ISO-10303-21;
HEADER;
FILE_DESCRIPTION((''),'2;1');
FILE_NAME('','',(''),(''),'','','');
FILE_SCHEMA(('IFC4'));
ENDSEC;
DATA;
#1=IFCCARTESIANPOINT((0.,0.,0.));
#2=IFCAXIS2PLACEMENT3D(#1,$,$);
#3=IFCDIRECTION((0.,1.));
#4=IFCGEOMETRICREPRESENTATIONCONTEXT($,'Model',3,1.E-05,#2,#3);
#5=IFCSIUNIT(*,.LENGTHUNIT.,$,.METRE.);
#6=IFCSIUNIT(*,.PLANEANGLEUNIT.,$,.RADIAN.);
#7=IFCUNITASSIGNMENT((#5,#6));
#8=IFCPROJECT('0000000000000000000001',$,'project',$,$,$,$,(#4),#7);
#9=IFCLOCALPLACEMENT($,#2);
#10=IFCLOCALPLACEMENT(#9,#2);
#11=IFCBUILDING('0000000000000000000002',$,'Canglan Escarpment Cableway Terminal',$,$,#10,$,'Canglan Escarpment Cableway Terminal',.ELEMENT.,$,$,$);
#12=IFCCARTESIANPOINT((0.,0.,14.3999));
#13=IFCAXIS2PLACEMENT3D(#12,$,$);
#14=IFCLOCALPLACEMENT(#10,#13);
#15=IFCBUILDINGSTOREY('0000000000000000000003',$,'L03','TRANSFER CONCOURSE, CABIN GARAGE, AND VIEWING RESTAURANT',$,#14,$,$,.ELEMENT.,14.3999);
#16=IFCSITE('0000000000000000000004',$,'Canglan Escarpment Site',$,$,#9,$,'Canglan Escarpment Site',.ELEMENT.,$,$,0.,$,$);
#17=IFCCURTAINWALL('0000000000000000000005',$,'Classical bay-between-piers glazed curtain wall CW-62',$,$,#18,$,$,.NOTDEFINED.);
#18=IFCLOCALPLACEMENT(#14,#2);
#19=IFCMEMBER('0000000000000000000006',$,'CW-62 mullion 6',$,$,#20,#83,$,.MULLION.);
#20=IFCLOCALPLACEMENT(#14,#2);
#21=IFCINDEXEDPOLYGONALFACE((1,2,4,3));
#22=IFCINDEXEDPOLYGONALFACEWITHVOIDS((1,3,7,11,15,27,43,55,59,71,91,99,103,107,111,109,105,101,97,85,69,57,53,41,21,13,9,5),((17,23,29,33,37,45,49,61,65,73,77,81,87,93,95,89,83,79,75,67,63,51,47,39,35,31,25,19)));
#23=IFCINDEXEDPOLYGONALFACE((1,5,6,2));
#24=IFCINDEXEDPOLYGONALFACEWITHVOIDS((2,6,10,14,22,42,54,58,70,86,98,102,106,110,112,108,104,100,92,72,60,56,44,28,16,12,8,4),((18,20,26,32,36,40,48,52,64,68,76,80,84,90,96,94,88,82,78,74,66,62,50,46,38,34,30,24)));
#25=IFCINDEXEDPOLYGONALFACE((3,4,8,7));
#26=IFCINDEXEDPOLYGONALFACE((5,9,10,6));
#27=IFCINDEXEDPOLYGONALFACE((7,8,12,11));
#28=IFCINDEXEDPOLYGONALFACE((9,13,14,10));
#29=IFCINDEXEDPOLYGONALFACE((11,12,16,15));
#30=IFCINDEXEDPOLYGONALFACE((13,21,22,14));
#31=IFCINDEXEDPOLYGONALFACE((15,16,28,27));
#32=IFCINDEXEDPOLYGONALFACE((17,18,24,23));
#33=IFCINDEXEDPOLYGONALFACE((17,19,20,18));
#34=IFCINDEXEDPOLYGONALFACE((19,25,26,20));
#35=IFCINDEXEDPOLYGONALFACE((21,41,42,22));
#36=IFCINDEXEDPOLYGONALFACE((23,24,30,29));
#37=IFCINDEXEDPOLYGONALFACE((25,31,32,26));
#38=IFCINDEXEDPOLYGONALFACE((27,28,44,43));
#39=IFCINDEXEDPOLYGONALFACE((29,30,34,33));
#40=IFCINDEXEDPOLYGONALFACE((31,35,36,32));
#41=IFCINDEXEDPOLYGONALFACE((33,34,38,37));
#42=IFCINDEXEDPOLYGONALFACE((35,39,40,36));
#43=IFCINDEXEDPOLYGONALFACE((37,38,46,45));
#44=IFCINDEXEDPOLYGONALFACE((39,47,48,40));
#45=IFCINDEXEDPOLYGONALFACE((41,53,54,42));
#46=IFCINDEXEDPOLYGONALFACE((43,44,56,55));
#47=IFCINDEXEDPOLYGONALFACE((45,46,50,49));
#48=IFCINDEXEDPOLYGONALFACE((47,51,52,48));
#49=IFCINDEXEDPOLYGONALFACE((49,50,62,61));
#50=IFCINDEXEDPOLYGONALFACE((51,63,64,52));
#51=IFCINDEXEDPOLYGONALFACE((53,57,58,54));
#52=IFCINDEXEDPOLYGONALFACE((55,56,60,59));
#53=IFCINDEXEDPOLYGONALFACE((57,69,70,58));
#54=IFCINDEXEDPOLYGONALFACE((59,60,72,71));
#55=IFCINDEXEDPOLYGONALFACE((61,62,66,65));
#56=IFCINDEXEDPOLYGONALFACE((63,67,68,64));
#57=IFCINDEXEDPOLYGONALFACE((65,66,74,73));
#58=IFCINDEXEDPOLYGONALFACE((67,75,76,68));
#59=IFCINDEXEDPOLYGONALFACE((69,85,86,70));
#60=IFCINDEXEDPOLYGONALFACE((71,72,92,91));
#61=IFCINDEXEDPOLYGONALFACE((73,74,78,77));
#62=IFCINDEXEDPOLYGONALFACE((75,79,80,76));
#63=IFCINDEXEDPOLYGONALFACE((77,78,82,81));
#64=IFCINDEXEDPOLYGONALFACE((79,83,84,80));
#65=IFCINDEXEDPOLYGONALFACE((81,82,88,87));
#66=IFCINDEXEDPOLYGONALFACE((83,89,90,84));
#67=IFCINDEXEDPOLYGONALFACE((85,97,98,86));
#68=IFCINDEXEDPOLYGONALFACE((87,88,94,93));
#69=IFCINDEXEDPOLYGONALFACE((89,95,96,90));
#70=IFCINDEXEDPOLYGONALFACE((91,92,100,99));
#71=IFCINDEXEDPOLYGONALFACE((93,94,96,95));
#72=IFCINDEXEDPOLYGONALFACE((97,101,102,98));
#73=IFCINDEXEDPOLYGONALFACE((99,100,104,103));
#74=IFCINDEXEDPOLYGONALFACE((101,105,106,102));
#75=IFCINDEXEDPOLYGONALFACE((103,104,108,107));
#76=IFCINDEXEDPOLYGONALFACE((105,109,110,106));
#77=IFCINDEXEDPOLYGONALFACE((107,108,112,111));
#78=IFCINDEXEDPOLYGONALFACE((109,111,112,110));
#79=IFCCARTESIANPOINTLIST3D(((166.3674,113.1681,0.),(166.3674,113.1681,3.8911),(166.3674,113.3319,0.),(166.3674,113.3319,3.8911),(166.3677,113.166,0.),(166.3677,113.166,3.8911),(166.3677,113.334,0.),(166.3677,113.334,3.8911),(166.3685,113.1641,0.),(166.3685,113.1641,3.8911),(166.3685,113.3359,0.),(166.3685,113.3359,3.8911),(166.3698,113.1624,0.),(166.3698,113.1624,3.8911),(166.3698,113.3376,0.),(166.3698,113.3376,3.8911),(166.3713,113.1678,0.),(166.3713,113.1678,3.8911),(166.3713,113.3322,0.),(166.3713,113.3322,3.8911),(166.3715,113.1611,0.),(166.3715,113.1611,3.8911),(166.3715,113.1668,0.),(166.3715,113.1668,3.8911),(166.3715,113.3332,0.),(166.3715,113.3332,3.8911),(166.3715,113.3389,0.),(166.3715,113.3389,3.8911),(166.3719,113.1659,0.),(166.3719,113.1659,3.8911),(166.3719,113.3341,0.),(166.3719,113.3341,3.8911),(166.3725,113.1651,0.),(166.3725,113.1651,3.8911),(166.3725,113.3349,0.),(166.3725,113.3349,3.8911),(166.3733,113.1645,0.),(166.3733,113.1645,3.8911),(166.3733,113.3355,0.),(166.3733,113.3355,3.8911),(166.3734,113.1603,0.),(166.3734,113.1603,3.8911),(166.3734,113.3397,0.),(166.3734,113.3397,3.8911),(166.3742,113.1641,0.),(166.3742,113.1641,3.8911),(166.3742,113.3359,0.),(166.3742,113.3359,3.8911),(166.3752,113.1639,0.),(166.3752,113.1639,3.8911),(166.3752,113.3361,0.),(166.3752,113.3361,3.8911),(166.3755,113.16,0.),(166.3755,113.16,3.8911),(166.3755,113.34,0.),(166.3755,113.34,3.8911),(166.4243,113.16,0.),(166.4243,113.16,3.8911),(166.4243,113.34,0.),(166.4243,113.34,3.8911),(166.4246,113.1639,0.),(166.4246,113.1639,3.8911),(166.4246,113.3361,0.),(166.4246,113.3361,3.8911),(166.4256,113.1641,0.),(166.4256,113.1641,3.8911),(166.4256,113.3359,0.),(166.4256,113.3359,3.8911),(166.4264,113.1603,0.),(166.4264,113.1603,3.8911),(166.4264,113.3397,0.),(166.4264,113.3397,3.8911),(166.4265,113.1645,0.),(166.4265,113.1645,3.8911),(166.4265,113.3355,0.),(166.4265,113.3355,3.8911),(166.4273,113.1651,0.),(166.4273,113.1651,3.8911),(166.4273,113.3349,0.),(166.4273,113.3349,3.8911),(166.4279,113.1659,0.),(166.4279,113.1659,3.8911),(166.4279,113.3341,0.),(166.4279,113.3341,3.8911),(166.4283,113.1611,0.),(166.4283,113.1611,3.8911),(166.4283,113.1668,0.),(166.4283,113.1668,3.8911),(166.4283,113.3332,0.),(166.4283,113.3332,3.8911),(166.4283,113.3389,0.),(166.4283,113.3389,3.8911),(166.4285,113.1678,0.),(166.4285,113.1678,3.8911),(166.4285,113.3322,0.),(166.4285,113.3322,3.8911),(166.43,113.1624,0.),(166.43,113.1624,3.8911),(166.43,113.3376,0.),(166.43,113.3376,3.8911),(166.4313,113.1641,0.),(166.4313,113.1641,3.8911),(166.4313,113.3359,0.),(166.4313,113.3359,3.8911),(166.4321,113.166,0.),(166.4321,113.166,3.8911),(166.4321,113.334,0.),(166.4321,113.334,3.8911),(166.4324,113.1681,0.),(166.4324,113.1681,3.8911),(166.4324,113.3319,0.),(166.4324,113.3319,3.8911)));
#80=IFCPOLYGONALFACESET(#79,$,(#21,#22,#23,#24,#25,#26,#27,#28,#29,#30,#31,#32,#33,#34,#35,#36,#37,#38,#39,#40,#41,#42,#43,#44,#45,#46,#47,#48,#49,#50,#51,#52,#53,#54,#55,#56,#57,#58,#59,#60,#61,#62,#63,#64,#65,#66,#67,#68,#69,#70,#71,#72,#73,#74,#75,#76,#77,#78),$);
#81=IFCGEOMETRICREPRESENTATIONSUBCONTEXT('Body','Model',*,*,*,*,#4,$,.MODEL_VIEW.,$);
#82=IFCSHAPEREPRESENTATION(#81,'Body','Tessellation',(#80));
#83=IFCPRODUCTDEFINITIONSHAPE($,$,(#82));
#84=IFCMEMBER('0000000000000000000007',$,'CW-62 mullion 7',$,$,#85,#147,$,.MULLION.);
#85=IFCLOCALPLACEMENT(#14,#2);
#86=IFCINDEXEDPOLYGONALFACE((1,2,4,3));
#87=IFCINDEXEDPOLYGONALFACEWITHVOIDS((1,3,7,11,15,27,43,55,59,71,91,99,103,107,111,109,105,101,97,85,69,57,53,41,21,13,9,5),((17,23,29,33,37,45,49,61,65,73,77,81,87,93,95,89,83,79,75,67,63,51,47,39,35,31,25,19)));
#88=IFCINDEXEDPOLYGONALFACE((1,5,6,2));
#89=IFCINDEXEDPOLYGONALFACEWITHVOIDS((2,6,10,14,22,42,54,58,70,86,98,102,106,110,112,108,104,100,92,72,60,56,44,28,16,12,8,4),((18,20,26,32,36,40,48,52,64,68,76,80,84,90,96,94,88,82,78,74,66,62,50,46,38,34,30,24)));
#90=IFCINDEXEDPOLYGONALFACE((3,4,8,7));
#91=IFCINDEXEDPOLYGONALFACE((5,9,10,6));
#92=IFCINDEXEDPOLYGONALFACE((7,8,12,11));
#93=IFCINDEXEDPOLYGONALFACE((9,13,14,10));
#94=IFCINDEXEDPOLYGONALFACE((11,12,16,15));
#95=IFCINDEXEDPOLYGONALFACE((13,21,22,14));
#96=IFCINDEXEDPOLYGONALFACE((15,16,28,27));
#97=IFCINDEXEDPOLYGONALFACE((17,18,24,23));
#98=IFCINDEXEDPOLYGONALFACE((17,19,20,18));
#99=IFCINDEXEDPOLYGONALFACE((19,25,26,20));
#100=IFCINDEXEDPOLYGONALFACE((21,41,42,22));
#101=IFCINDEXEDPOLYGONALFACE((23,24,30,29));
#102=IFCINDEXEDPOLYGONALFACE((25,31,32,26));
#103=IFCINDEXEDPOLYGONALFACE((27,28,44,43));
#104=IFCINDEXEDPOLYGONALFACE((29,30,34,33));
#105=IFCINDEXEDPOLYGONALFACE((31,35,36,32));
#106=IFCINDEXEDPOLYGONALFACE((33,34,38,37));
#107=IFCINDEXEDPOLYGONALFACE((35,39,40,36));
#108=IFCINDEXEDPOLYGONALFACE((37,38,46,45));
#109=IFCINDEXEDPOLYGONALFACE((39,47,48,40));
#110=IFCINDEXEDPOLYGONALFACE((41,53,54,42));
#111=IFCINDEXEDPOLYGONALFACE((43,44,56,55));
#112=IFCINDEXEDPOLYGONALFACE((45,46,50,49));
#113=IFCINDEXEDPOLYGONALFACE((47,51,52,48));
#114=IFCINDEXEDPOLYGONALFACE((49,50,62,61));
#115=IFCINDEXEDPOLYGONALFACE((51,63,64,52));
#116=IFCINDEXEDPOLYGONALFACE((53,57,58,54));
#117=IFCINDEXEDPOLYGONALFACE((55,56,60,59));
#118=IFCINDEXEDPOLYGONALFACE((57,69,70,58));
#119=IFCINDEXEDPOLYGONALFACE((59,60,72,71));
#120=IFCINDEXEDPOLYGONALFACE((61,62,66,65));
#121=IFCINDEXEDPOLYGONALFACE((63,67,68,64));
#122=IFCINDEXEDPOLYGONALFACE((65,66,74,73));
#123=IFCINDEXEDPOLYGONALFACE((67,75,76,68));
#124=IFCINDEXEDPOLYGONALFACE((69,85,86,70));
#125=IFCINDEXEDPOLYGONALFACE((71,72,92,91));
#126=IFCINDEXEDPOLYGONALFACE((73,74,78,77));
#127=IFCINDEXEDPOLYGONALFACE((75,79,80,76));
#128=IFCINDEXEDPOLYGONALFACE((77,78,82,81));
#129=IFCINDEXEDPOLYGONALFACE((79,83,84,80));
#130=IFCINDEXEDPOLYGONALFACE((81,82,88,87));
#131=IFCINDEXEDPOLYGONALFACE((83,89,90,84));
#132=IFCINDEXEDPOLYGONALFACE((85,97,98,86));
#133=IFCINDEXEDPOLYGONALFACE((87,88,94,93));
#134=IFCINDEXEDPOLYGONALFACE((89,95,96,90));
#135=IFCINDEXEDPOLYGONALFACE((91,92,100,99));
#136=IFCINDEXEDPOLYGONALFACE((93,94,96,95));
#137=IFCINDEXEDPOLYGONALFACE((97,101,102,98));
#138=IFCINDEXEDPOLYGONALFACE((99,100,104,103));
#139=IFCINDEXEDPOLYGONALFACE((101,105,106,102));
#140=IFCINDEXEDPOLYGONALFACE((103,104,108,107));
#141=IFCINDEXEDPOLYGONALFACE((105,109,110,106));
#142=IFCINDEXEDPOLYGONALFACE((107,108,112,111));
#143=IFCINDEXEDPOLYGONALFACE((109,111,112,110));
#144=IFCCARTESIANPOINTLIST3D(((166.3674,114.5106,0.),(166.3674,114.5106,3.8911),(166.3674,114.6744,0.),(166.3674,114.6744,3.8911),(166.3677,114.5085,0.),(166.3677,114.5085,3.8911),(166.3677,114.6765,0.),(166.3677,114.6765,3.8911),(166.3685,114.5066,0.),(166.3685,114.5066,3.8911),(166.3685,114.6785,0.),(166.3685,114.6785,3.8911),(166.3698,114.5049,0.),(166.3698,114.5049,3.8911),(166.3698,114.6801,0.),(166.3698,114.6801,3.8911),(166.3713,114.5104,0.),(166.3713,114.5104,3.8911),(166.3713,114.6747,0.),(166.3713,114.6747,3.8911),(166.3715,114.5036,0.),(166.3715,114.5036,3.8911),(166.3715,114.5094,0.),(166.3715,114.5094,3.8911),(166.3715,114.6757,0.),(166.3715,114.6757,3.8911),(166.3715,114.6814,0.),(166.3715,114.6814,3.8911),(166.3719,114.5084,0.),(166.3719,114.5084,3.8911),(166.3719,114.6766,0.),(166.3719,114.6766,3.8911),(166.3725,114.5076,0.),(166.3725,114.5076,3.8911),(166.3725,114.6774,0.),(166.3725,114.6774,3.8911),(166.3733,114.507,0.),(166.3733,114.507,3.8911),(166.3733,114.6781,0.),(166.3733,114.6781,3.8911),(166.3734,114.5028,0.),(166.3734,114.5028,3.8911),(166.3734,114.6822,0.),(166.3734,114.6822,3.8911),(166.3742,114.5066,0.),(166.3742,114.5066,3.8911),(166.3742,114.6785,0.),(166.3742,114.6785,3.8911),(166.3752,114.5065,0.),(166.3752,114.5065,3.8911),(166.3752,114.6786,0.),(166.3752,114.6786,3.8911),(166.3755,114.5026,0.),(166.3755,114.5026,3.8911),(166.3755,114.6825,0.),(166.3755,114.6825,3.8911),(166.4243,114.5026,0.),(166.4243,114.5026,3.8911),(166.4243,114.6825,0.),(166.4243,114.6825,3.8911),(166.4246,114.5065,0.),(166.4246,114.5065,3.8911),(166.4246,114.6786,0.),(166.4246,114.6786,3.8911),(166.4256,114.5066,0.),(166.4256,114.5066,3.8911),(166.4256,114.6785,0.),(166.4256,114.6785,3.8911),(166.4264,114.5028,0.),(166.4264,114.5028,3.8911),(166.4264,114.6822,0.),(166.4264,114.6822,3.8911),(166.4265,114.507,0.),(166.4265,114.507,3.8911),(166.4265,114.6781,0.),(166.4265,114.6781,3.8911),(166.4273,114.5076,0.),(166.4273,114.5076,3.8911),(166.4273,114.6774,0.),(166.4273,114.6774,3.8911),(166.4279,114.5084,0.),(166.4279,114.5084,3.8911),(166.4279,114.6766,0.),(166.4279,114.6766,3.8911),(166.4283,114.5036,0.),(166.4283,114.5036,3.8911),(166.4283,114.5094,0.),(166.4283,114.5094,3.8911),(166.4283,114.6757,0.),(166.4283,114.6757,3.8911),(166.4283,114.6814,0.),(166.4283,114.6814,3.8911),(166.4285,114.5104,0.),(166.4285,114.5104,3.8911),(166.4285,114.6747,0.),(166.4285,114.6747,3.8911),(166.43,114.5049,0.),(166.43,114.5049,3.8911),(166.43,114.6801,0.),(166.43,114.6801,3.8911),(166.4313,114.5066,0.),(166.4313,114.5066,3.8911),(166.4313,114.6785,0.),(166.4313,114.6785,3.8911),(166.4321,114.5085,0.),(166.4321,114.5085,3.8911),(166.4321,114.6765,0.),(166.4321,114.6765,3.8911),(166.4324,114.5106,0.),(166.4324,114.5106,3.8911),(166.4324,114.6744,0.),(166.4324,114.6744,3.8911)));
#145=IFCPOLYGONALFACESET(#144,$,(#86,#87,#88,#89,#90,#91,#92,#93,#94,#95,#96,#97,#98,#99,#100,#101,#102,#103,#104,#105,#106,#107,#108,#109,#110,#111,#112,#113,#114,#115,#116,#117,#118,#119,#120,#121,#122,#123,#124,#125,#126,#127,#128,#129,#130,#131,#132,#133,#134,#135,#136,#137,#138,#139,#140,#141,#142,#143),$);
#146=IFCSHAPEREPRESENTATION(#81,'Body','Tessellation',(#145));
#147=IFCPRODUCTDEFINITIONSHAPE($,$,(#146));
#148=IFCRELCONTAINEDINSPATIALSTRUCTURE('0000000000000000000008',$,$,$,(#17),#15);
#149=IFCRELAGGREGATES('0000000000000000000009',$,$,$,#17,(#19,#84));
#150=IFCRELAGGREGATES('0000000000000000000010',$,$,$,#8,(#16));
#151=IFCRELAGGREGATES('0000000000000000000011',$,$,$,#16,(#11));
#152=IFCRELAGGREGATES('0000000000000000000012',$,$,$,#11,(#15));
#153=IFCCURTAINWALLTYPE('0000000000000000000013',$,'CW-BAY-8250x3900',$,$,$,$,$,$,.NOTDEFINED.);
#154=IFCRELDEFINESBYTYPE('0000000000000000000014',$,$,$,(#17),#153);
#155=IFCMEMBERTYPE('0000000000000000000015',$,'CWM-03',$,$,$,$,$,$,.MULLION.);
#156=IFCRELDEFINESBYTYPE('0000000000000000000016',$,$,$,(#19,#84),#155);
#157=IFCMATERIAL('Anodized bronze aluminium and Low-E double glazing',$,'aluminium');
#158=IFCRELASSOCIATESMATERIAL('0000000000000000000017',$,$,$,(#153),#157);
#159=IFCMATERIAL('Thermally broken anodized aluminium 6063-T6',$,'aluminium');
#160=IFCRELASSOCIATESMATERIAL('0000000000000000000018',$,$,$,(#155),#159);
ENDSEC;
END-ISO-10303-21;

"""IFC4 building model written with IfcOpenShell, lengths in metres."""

from ifc_helpers import new_model, si_unit, direction, frame, origin, origin_2d, place, context, subcontext, project, spatial, hollow_rectangle, extrude, material, material_profile, profile_set, type_object, element, aggregate, save


model = new_model("IFC4")

# Units and contexts
model_context = context("Model", 3, precision=1e-05, world=origin(), true_north=direction((0.0, 1.0)))
body_context = subcontext(model_context, "Body", "Model", "MODEL_VIEW")
ifc_project = project(units=[si_unit("LENGTHUNIT", "METRE"), si_unit("PLANEANGLEUNIT", "RADIAN")], contexts=[model_context])

# Site, building, storey
site_placement = place(None, origin())
site = spatial("IfcSite", under=ifc_project, at=site_placement, Name="Canglan Escarpment Site", LongName="Canglan Escarpment Site", CompositionType="ELEMENT", RefElevation=0.0)
building_placement = place(site_placement, origin())
building = spatial("IfcBuilding", under=site, at=building_placement, Name="Canglan Escarpment Cableway Terminal", LongName="Canglan Escarpment Cableway Terminal", CompositionType="ELEMENT")
storey_placement = place(building_placement, frame((0.0, 0.0, 14.3999)))
storey = spatial("IfcBuildingStorey", under=building, at=storey_placement, Name="L03", Description="TRANSFER CONCOURSE, CABIN GARAGE, AND VIEWING RESTAURANT", CompositionType="ELEMENT", Elevation=14.3999)

# Curtain wall, members
ifc_material_1 = material(Name="Anodized bronze aluminium and Low-E double glazing", Category="aluminium")
curtain_wall_type = type_object("IfcCurtainWallType", Name="CW-BAY-8250x3900", PredefinedType="NOTDEFINED", material=ifc_material_1)
curtain_wall_placement = place(storey_placement, origin())
curtain_wall = element("IfcCurtainWall", 1, at=curtain_wall_placement, inside=storey, type_object=curtain_wall_type, Name="Classical bay-between-piers glazed curtain wall CW-62", PredefinedType="NOTDEFINED")
ifc_material_2 = material(Name="Thermally broken anodized aluminium 6063-T6", Category="aluminium")
ifc_material_profile_1 = material_profile(ifc_material_2, hollow_rectangle(XDim=0.0649, YDim=0.1799, WallThickness=0.0039, InnerFilletRadius=0.0039, OuterFilletRadius=0.0081, at=origin_2d()), Name="ALU-MULL 65x180x4")
ifc_profile_set_1 = profile_set([ifc_material_profile_1], Name="Thermally broken anodized aluminium 6063-T6")
member_type_1 = type_object("IfcMemberType", Name="CWM-03", PredefinedType="MULLION", material=ifc_profile_set_1)
member_1_placement = place(storey_placement, frame((166.3999, 113.25, 0.0), z_axis=(0.0, 0.0, 1.0), x_axis=(-1.0, 0.0, 0.0)))
member_1 = element("IfcMember", 2, at=member_1_placement, type_object=member_type_1, Name="CW-62 mullion 6", PredefinedType="MULLION", context=body_context, shape_type="SweptSolid", body=[
    extrude(hollow_rectangle(XDim=0.0649, YDim=0.1799, WallThickness=0.0039, InnerFilletRadius=0.0039, OuterFilletRadius=0.0081, at=origin_2d()), origin(), (0.0, 0.0, 1.0), 3.8911),
])
member_2_placement = place(storey_placement, frame((166.3999, 114.5925, 0.0), z_axis=(0.0, 0.0, 1.0), x_axis=(-1.0, 0.0, 0.0)))
member_2 = element("IfcMember", 3, at=member_2_placement, type_object=member_type_1, Name="CW-62 mullion 7", PredefinedType="MULLION", context=body_context, shape_type="SweptSolid", body=[
    extrude(hollow_rectangle(XDim=0.0649, YDim=0.1799, WallThickness=0.0039, InnerFilletRadius=0.0039, OuterFilletRadius=0.0081, at=origin_2d()), origin(), (0.0, 0.0, 1.0), 3.8911),
])
aggregate(curtain_wall, [member_1, member_2])

save(model, "model.ifc")
